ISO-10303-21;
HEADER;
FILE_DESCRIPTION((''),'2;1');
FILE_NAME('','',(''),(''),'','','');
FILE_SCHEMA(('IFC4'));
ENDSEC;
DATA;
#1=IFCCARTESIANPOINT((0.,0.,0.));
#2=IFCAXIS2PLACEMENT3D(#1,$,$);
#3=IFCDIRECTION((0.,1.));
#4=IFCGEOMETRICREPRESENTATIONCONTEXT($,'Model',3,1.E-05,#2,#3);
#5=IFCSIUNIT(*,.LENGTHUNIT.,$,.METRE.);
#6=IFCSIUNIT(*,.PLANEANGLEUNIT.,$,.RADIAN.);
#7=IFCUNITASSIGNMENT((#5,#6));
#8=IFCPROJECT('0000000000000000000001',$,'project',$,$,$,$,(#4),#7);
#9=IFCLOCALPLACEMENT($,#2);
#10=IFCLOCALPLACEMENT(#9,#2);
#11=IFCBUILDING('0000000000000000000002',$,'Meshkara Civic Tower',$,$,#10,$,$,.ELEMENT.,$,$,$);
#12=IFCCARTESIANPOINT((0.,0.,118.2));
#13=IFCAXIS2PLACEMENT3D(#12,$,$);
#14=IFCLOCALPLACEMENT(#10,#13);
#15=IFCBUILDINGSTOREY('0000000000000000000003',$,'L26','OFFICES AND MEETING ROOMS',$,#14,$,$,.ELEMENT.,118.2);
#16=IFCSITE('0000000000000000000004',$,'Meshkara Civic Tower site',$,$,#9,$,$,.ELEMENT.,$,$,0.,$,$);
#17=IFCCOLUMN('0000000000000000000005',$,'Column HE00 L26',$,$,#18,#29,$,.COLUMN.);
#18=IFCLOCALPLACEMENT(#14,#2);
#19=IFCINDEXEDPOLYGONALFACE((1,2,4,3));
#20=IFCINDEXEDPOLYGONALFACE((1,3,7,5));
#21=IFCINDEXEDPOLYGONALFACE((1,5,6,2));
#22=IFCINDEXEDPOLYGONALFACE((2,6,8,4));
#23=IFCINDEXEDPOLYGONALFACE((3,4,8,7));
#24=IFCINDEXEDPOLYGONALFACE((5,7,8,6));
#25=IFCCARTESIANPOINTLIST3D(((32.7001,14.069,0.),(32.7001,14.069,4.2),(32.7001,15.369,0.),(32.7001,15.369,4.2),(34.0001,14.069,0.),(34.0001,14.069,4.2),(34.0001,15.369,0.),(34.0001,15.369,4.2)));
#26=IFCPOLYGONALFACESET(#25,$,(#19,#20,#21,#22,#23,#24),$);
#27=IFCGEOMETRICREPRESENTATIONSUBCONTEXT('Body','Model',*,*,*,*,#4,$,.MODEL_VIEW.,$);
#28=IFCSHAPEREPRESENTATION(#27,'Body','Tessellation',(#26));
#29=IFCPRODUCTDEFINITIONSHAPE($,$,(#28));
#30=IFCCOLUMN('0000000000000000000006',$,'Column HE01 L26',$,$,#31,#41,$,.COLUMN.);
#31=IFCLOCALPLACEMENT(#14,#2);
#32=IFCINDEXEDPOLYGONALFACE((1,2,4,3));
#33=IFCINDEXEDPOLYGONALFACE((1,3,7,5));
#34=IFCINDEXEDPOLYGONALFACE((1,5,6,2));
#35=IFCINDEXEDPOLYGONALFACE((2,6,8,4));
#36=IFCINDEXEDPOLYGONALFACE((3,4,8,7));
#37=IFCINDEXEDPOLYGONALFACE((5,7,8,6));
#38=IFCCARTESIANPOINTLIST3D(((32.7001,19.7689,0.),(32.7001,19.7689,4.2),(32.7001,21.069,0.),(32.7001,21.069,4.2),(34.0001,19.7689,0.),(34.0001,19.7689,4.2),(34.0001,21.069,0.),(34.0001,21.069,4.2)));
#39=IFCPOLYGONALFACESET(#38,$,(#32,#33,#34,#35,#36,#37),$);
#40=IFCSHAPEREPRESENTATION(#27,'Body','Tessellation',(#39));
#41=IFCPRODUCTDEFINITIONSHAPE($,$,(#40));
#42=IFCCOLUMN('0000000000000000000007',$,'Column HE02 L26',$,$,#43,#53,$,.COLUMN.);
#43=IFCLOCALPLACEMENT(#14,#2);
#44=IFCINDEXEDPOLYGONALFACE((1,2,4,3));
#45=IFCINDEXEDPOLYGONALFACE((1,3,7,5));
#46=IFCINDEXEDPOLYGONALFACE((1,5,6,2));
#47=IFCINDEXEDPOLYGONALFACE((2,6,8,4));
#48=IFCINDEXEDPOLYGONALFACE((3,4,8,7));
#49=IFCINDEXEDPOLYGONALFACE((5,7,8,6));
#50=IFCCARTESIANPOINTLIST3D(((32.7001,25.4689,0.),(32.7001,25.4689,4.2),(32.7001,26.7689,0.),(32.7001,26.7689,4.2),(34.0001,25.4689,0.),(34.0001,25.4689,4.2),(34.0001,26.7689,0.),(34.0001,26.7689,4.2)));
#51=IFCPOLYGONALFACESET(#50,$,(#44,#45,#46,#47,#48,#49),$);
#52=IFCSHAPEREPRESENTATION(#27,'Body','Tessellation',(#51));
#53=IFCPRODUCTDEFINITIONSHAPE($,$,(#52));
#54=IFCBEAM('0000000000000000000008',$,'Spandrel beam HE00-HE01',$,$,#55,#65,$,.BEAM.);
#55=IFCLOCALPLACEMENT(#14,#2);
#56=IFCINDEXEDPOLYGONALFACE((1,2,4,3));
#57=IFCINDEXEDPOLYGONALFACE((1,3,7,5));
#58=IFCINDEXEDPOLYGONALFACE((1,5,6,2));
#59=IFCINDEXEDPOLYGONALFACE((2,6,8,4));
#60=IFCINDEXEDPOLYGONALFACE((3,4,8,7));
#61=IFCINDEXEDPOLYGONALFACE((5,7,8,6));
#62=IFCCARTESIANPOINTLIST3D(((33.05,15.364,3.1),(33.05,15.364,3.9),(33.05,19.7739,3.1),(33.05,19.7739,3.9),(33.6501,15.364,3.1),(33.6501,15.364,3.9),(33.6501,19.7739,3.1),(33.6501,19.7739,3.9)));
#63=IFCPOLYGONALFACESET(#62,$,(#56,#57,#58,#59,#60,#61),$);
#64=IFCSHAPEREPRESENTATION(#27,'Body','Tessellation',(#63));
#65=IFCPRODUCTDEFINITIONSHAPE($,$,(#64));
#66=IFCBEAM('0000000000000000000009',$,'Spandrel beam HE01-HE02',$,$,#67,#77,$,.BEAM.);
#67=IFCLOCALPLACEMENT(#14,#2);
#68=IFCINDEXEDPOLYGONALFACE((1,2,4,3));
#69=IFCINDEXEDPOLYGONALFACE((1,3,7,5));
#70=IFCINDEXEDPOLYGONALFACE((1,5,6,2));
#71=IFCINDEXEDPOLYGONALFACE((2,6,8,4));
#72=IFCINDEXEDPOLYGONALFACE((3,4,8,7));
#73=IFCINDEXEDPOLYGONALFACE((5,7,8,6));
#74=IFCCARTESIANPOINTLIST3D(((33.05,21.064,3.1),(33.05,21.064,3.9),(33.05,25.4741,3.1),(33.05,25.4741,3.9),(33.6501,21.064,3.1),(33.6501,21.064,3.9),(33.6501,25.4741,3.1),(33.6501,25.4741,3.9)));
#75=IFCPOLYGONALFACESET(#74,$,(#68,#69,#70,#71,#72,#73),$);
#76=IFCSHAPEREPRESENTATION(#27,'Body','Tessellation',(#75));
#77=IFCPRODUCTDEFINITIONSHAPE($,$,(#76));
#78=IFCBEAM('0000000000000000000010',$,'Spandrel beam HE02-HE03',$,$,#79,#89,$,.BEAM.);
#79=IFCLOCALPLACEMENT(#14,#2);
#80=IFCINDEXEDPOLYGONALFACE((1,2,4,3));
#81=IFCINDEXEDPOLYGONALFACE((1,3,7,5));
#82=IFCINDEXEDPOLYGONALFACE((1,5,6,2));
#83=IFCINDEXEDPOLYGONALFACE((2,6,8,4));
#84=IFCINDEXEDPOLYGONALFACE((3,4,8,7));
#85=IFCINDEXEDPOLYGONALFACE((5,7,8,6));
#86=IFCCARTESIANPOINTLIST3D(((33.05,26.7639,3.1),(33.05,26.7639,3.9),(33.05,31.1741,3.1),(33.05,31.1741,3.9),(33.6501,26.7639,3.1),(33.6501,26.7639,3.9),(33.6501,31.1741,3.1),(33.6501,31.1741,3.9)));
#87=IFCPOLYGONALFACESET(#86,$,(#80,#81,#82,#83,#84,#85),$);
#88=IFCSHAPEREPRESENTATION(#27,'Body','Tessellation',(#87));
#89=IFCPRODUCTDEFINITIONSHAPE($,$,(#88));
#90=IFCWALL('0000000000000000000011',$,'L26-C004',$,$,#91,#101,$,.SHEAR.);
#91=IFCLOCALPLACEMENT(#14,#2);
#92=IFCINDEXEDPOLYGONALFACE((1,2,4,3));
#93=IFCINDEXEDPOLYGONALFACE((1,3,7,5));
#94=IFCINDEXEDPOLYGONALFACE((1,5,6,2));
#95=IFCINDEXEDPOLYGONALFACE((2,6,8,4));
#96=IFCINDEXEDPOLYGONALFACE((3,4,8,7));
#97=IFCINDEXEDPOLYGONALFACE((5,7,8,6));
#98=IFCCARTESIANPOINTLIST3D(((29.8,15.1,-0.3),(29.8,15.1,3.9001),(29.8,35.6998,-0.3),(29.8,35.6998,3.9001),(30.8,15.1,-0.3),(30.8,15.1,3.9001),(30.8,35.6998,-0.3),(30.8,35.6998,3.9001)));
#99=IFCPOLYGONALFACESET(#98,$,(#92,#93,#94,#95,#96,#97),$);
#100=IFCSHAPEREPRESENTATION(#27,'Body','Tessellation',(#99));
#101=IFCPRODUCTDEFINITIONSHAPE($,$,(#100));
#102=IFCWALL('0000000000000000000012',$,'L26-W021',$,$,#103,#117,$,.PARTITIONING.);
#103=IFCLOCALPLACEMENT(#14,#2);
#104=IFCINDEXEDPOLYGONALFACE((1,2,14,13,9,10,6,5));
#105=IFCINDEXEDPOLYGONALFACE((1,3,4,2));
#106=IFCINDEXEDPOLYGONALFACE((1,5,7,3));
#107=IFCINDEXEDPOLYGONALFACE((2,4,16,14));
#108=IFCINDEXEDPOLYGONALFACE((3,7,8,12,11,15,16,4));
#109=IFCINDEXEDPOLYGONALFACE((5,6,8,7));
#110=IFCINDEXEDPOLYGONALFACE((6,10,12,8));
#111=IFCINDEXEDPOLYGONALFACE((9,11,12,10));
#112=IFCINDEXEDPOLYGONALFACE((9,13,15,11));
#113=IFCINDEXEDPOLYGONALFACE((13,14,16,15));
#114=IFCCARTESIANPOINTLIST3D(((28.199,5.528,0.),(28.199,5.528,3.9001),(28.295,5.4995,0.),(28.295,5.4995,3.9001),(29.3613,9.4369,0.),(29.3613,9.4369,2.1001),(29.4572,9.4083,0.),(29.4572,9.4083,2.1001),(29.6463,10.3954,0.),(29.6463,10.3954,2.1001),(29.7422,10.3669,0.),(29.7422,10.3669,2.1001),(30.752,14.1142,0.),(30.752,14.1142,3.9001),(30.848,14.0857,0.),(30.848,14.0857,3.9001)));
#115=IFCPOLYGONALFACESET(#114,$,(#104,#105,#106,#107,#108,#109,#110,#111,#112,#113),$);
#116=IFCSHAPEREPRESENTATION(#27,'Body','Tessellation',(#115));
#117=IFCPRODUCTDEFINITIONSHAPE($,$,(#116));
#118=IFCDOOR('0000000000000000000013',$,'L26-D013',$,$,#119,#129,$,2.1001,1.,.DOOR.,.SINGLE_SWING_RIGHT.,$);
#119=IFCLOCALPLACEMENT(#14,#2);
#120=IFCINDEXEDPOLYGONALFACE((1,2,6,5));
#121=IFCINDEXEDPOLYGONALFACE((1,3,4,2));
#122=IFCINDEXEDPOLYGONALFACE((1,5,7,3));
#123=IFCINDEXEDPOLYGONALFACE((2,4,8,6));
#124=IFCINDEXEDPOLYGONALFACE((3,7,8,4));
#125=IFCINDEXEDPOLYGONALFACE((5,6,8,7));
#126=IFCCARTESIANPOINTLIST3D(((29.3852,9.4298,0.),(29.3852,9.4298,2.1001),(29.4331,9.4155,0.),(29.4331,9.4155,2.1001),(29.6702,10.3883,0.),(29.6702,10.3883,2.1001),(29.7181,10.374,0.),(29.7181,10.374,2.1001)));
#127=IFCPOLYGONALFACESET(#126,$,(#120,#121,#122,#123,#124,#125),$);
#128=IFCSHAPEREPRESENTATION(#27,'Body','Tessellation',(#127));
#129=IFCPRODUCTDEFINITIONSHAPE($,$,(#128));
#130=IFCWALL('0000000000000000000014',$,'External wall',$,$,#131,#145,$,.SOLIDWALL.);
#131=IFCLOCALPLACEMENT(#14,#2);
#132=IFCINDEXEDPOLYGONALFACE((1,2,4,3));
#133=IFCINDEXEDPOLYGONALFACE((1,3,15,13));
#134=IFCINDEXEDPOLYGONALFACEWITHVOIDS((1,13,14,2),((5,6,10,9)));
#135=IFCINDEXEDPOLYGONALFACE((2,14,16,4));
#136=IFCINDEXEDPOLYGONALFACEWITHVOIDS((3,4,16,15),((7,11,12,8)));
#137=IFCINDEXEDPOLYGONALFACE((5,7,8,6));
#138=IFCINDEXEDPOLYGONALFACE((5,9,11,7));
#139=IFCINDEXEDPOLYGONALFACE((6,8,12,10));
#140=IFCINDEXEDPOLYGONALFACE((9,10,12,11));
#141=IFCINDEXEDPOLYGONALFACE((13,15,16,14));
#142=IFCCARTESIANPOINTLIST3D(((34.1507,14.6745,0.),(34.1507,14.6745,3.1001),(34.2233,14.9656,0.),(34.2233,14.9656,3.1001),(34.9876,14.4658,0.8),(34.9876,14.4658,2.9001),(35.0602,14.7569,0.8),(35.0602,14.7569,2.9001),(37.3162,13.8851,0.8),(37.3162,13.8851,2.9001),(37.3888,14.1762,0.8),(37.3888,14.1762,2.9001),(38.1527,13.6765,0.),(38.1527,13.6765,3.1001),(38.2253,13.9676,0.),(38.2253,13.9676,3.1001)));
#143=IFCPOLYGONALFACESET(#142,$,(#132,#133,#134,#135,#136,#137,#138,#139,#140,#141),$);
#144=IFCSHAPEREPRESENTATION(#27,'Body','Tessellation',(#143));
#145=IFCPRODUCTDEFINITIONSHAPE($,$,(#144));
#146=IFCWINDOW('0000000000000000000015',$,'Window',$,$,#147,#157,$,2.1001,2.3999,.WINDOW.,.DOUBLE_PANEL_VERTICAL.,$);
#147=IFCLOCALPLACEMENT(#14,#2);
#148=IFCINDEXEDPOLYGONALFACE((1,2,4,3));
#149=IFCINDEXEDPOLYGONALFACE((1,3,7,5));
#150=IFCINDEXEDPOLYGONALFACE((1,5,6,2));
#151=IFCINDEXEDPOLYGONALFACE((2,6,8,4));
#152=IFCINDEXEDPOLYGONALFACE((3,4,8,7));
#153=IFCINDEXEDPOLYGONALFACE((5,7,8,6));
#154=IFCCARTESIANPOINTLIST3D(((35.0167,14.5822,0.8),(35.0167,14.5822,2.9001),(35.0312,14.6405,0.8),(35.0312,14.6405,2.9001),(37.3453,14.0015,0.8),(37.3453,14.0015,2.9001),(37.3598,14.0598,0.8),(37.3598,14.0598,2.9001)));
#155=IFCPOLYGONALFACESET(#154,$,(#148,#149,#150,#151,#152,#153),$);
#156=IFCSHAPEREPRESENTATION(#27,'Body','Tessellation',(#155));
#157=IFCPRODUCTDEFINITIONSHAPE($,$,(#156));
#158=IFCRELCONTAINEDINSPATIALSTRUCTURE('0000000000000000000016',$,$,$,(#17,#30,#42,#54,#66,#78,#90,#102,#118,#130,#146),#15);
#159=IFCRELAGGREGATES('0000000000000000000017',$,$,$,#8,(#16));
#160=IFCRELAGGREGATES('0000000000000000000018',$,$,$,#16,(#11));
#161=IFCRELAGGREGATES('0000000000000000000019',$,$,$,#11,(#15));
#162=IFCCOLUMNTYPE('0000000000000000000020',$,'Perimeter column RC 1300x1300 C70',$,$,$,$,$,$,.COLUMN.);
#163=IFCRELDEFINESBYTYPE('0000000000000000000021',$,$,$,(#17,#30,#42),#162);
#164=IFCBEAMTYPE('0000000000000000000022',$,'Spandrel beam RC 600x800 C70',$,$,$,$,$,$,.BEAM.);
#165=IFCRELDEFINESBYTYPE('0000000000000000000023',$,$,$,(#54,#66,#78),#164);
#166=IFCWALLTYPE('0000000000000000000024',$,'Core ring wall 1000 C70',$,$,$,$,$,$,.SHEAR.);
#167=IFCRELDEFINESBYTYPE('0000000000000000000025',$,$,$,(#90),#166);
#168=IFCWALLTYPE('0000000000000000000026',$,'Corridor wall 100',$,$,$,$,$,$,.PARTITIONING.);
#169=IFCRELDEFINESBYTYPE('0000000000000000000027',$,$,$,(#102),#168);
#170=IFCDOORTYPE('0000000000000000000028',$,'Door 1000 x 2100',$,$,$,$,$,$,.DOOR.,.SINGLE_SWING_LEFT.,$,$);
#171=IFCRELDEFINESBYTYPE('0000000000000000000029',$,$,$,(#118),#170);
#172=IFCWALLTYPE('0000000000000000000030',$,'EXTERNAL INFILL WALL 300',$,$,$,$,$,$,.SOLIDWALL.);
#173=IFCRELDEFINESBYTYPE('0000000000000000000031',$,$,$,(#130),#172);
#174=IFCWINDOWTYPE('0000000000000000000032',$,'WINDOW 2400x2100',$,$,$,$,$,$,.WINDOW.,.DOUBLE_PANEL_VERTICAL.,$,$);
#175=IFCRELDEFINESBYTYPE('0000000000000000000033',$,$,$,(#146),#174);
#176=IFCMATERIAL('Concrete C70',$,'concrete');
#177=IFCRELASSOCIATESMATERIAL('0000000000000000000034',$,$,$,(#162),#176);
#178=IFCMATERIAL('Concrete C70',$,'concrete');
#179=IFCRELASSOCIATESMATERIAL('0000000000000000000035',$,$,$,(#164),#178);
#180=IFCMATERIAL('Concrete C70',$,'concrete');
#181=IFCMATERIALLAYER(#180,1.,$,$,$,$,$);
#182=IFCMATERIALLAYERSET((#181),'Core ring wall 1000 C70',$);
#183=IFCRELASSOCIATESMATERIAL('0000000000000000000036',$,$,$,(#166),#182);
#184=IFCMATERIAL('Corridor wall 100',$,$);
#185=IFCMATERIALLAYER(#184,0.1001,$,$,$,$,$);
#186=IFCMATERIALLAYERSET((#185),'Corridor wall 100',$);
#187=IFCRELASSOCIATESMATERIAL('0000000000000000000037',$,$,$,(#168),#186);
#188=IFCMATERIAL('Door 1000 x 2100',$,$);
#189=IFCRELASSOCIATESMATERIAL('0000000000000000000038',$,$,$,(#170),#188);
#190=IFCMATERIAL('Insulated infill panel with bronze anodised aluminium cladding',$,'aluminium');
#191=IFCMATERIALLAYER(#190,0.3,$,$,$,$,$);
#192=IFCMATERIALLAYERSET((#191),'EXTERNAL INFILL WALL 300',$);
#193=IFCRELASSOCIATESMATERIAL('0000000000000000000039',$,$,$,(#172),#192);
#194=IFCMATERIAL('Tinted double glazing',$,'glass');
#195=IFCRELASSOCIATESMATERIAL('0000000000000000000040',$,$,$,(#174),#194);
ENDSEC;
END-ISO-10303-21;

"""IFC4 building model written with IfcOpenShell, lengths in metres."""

from ifc_helpers import new_model, si_unit, direction, frame, frame_2d, origin, origin_2d, place, context, subcontext, project, spatial, rectangle, extrude, material, layer, layer_set, material_profile, profile_set, type_object, element, fill, save


model = new_model("IFC4")

# Units and contexts
model_context = context("Model", 3, precision=1e-05, world=origin(), true_north=direction((0.0, 1.0)))
body_context = subcontext(model_context, "Body", "Model", "MODEL_VIEW")
ifc_project = project(units=[si_unit("LENGTHUNIT", "METRE"), si_unit("PLANEANGLEUNIT", "RADIAN")], contexts=[model_context])

# Site, building, storey
site_placement = place(None, origin())
site = spatial("IfcSite", under=ifc_project, at=site_placement, Name="Meshkara Civic Tower site", CompositionType="ELEMENT", RefElevation=0.0)
building_placement = place(site_placement, origin())
building = spatial("IfcBuilding", under=site, at=building_placement, Name="Meshkara Civic Tower", CompositionType="ELEMENT")
storey_placement = place(building_placement, frame((0.0, 0.0, 118.2)))
storey = spatial("IfcBuildingStorey", under=building, at=storey_placement, Name="L26", Description="OFFICES AND MEETING ROOMS", CompositionType="ELEMENT", Elevation=118.2)

# Columns
ifc_material_1 = material(Name="Concrete C70", Category="concrete")
ifc_material_profile_1 = material_profile(ifc_material_1, rectangle(XDim=1.3, YDim=1.3, at=origin_2d()))
ifc_profile_set_1 = profile_set([ifc_material_profile_1], Name="Concrete C70")
column_type = type_object("IfcColumnType", Name="Perimeter column RC 1300x1300 C70", PredefinedType="COLUMN", material=ifc_profile_set_1)
for number, where, z_axis, x_axis, name in (
    (1, (33.3501, 14.719, 0.0), (0.0, 0.0, 1.0), (1.0, 0.0, 0.0), "Column HE00 L26"),
    (2, (33.3501, 20.4189, 0.0), (0.0, 0.0, 1.0), (1.0, 0.0, 0.0), "Column HE01 L26"),
    (3, (33.3501, 26.1189, 0.0), (0.0, 0.0, 1.0), (1.0, 0.0, 0.0), "Column HE02 L26"),
):
    element("IfcColumn", number, at=place(storey_placement, frame(where, z_axis=z_axis, x_axis=x_axis)), inside=storey, type_object=column_type, Name=name, PredefinedType="COLUMN", context=body_context, shape_type="SweptSolid", body=[
        extrude(rectangle(XDim=1.3, YDim=1.3, at=origin_2d()), origin(), (0.0, 0.0, 1.0), 4.2),
    ])

# Beams
ifc_material_2 = material(Name="Concrete C70", Category="concrete")
ifc_material_profile_2 = material_profile(ifc_material_2, rectangle(XDim=0.6001, YDim=0.8, at=origin_2d()))
ifc_profile_set_2 = profile_set([ifc_material_profile_2], Name="Concrete C70")
beam_type = type_object("IfcBeamType", Name="Spandrel beam RC 600x800 C70", PredefinedType="BEAM", material=ifc_profile_set_2)
beam_placement = place(storey_placement, frame((33.3501, 15.364, 3.5), z_axis=(0.0, 1.0, 0.0), x_axis=(-1.0, 0.0, 0.0)))
element("IfcBeam", 4, at=beam_placement, inside=storey, type_object=beam_type, Name="Spandrel beam HE00-HE01", PredefinedType="BEAM", context=body_context, shape_type="SweptSolid", body=[
    extrude(rectangle(XDim=0.6001, YDim=0.8, at=origin_2d()), origin(), (0.0, 0.0, 1.0), 4.4099),
])
for number, where, z_axis, x_axis, name in (
    (5, (33.3501, 21.064, 3.5), (0.0, 1.0, 0.0), (-1.0, 0.0, 0.0), "Spandrel beam HE01-HE02"),
    (6, (33.3501, 26.7639, 3.5), (0.0, 1.0, 0.0), (-1.0, 0.0, 0.0), "Spandrel beam HE02-HE03"),
):
    element("IfcBeam", number, at=place(storey_placement, frame(where, z_axis=z_axis, x_axis=x_axis)), inside=storey, type_object=beam_type, Name=name, PredefinedType="BEAM", context=body_context, shape_type="SweptSolid", body=[
        extrude(rectangle(XDim=0.6001, YDim=0.8, at=origin_2d()), origin(), (0.0, 0.0, 1.0), 4.4102),
    ])

# Wall
ifc_material_3 = material(Name="Concrete C70", Category="concrete")
ifc_layer_1 = layer(ifc_material_3, 1.0)
ifc_layer_set_1 = layer_set([ifc_layer_1], Name="Core ring wall 1000 C70")
wall_type_1 = type_object("IfcWallType", Name="Core ring wall 1000 C70", PredefinedType="SHEAR", material=ifc_layer_set_1)
wall_1_placement = place(storey_placement, frame((30.3, 15.1001, -0.3), z_axis=(0.0, 0.0, 1.0), x_axis=(0.0, 1.0, 0.0)))
element("IfcWall", 7, at=wall_1_placement, inside=storey, type_object=wall_type_1, Name="L26-C004", PredefinedType="SHEAR", context=body_context, shape_type="SweptSolid", body=[
    extrude(rectangle(XDim=20.5999, YDim=1.0, at=frame_2d((10.2998, 0.0))), origin(), (0.0, 0.0, 1.0), 4.2002),
])

# Wall, opening, door
ifc_material_4 = material(Name="Corridor wall 100")
ifc_layer_2 = layer(ifc_material_4, 0.1001)
ifc_layer_set_2 = layer_set([ifc_layer_2], Name="Corridor wall 100")
wall_type_2 = type_object("IfcWallType", Name="Corridor wall 100", PredefinedType="PARTITIONING", material=ifc_layer_set_2)
wall_2_placement = place(storey_placement, frame((30.8, 14.1001, 0.0), z_axis=(0.0, 0.0, 1.0), x_axis=(-0.285004, -0.958526, 0.0)))
wall_2 = element("IfcWall", 8, at=wall_2_placement, inside=storey, type_object=wall_type_2, Name="L26-W021", PredefinedType="PARTITIONING", context=body_context, shape_type="SweptSolid", body=[
    extrude(rectangle(XDim=8.9578, YDim=0.1001, at=frame_2d((4.479, 0.0))), origin(), (0.0, 0.0, 1.0), 3.9001),
])
opening_1_placement = place(wall_2_placement, frame((3.8799, 0.0, 0.0)))
opening_1 = element("IfcOpeningElement", 9, at=opening_1_placement, cuts=wall_2, PredefinedType="OPENING", context=body_context, shape_type="SweptSolid", body=[
    extrude(rectangle(XDim=1.0, YDim=2.1001, at=frame_2d((0.5, 1.05))), frame((0.0, 0.0601, 0.0), z_axis=(0.0, -1.0, 0.0), x_axis=(1.0, 0.0, 0.0)), (0.0, 0.0, 1.0), 0.1201),
])
ifc_material_5 = material(Name="Door 1000 x 2100")
door_type_1 = type_object("IfcDoorType", Name="Door 1000 x 2100", OperationType="SINGLE_SWING_LEFT", PredefinedType="DOOR", material=ifc_material_5)
door_1_placement = place(opening_1_placement, origin())
door_1 = element("IfcDoor", 10, at=door_1_placement, inside=storey, type_object=door_type_1, Name="L26-D013", OperationType="SINGLE_SWING_RIGHT", OverallHeight=2.1001, OverallWidth=1.0, PredefinedType="DOOR", context=body_context, shape_type="SweptSolid", body=[
    extrude(rectangle(XDim=1.0, YDim=2.1001, at=frame_2d((0.5, 1.05))), frame((0.0, 0.0249, 0.0), z_axis=(0.0, -1.0, 0.0), x_axis=(1.0, 0.0, 0.0)), (0.0, 0.0, 1.0), 0.05),
])
fill(opening_1, door_1)

# Wall, opening, window
ifc_material_6 = material(Name="Insulated infill panel with bronze anodised aluminium cladding", Category="aluminium")
ifc_layer_3 = layer(ifc_material_6, 0.3)
ifc_layer_set_3 = layer_set([ifc_layer_3], Name="EXTERNAL INFILL WALL 300")
wall_type_3 = type_object("IfcWallType", Name="EXTERNAL INFILL WALL 300", PredefinedType="SOLIDWALL", material=ifc_layer_set_3)
wall_3_placement = place(storey_placement, frame((38.189, 13.822, 0.0), z_axis=(0.0, 0.0, 1.0), x_axis=(-0.970282, 0.241978, 0.0)))
wall_3 = element("IfcWall", 11, at=wall_3_placement, inside=storey, type_object=wall_type_3, Name="External wall", PredefinedType="SOLIDWALL", context=body_context, shape_type="SweptSolid", body=[
    extrude(rectangle(XDim=4.1245, YDim=0.3, at=frame_2d((2.0623, 0.0))), origin(), (0.0, 0.0, 1.0), 3.1001),
])
opening_2_placement = place(wall_3_placement, frame((0.8621, 0.0, 0.8)))
opening_2 = element("IfcOpeningElement", 12, at=opening_2_placement, cuts=wall_3, PredefinedType="OPENING", context=body_context, shape_type="SweptSolid", body=[
    extrude(rectangle(XDim=2.3999, YDim=2.1001, at=frame_2d((1.2, 1.05))), frame((0.0, 0.1599, 0.0), z_axis=(0.0, -1.0, 0.0), x_axis=(1.0, 0.0, 0.0)), (0.0, 0.0, 1.0), 0.3201),
])
ifc_material_7 = material(Name="Tinted double glazing", Category="glass")
window_type = type_object("IfcWindowType", Name="WINDOW 2400x2100", PartitioningType="DOUBLE_PANEL_VERTICAL", PredefinedType="WINDOW", material=ifc_material_7)
window_1_placement = place(opening_2_placement, origin())
window_1 = element("IfcWindow", 13, at=window_1_placement, inside=storey, type_object=window_type, Name="Window", OverallHeight=2.1001, OverallWidth=2.3999, PartitioningType="DOUBLE_PANEL_VERTICAL", PredefinedType="WINDOW", context=body_context, shape_type="SweptSolid", body=[
    extrude(rectangle(XDim=2.3999, YDim=2.1001, at=frame_2d((1.2, 1.05))), frame((0.0, 0.03, 0.0), z_axis=(0.0, -1.0, 0.0), x_axis=(1.0, 0.0, 0.0)), (0.0, 0.0, 1.0), 0.0601),
])
fill(opening_2, window_1)

save(model, "model.ifc")
